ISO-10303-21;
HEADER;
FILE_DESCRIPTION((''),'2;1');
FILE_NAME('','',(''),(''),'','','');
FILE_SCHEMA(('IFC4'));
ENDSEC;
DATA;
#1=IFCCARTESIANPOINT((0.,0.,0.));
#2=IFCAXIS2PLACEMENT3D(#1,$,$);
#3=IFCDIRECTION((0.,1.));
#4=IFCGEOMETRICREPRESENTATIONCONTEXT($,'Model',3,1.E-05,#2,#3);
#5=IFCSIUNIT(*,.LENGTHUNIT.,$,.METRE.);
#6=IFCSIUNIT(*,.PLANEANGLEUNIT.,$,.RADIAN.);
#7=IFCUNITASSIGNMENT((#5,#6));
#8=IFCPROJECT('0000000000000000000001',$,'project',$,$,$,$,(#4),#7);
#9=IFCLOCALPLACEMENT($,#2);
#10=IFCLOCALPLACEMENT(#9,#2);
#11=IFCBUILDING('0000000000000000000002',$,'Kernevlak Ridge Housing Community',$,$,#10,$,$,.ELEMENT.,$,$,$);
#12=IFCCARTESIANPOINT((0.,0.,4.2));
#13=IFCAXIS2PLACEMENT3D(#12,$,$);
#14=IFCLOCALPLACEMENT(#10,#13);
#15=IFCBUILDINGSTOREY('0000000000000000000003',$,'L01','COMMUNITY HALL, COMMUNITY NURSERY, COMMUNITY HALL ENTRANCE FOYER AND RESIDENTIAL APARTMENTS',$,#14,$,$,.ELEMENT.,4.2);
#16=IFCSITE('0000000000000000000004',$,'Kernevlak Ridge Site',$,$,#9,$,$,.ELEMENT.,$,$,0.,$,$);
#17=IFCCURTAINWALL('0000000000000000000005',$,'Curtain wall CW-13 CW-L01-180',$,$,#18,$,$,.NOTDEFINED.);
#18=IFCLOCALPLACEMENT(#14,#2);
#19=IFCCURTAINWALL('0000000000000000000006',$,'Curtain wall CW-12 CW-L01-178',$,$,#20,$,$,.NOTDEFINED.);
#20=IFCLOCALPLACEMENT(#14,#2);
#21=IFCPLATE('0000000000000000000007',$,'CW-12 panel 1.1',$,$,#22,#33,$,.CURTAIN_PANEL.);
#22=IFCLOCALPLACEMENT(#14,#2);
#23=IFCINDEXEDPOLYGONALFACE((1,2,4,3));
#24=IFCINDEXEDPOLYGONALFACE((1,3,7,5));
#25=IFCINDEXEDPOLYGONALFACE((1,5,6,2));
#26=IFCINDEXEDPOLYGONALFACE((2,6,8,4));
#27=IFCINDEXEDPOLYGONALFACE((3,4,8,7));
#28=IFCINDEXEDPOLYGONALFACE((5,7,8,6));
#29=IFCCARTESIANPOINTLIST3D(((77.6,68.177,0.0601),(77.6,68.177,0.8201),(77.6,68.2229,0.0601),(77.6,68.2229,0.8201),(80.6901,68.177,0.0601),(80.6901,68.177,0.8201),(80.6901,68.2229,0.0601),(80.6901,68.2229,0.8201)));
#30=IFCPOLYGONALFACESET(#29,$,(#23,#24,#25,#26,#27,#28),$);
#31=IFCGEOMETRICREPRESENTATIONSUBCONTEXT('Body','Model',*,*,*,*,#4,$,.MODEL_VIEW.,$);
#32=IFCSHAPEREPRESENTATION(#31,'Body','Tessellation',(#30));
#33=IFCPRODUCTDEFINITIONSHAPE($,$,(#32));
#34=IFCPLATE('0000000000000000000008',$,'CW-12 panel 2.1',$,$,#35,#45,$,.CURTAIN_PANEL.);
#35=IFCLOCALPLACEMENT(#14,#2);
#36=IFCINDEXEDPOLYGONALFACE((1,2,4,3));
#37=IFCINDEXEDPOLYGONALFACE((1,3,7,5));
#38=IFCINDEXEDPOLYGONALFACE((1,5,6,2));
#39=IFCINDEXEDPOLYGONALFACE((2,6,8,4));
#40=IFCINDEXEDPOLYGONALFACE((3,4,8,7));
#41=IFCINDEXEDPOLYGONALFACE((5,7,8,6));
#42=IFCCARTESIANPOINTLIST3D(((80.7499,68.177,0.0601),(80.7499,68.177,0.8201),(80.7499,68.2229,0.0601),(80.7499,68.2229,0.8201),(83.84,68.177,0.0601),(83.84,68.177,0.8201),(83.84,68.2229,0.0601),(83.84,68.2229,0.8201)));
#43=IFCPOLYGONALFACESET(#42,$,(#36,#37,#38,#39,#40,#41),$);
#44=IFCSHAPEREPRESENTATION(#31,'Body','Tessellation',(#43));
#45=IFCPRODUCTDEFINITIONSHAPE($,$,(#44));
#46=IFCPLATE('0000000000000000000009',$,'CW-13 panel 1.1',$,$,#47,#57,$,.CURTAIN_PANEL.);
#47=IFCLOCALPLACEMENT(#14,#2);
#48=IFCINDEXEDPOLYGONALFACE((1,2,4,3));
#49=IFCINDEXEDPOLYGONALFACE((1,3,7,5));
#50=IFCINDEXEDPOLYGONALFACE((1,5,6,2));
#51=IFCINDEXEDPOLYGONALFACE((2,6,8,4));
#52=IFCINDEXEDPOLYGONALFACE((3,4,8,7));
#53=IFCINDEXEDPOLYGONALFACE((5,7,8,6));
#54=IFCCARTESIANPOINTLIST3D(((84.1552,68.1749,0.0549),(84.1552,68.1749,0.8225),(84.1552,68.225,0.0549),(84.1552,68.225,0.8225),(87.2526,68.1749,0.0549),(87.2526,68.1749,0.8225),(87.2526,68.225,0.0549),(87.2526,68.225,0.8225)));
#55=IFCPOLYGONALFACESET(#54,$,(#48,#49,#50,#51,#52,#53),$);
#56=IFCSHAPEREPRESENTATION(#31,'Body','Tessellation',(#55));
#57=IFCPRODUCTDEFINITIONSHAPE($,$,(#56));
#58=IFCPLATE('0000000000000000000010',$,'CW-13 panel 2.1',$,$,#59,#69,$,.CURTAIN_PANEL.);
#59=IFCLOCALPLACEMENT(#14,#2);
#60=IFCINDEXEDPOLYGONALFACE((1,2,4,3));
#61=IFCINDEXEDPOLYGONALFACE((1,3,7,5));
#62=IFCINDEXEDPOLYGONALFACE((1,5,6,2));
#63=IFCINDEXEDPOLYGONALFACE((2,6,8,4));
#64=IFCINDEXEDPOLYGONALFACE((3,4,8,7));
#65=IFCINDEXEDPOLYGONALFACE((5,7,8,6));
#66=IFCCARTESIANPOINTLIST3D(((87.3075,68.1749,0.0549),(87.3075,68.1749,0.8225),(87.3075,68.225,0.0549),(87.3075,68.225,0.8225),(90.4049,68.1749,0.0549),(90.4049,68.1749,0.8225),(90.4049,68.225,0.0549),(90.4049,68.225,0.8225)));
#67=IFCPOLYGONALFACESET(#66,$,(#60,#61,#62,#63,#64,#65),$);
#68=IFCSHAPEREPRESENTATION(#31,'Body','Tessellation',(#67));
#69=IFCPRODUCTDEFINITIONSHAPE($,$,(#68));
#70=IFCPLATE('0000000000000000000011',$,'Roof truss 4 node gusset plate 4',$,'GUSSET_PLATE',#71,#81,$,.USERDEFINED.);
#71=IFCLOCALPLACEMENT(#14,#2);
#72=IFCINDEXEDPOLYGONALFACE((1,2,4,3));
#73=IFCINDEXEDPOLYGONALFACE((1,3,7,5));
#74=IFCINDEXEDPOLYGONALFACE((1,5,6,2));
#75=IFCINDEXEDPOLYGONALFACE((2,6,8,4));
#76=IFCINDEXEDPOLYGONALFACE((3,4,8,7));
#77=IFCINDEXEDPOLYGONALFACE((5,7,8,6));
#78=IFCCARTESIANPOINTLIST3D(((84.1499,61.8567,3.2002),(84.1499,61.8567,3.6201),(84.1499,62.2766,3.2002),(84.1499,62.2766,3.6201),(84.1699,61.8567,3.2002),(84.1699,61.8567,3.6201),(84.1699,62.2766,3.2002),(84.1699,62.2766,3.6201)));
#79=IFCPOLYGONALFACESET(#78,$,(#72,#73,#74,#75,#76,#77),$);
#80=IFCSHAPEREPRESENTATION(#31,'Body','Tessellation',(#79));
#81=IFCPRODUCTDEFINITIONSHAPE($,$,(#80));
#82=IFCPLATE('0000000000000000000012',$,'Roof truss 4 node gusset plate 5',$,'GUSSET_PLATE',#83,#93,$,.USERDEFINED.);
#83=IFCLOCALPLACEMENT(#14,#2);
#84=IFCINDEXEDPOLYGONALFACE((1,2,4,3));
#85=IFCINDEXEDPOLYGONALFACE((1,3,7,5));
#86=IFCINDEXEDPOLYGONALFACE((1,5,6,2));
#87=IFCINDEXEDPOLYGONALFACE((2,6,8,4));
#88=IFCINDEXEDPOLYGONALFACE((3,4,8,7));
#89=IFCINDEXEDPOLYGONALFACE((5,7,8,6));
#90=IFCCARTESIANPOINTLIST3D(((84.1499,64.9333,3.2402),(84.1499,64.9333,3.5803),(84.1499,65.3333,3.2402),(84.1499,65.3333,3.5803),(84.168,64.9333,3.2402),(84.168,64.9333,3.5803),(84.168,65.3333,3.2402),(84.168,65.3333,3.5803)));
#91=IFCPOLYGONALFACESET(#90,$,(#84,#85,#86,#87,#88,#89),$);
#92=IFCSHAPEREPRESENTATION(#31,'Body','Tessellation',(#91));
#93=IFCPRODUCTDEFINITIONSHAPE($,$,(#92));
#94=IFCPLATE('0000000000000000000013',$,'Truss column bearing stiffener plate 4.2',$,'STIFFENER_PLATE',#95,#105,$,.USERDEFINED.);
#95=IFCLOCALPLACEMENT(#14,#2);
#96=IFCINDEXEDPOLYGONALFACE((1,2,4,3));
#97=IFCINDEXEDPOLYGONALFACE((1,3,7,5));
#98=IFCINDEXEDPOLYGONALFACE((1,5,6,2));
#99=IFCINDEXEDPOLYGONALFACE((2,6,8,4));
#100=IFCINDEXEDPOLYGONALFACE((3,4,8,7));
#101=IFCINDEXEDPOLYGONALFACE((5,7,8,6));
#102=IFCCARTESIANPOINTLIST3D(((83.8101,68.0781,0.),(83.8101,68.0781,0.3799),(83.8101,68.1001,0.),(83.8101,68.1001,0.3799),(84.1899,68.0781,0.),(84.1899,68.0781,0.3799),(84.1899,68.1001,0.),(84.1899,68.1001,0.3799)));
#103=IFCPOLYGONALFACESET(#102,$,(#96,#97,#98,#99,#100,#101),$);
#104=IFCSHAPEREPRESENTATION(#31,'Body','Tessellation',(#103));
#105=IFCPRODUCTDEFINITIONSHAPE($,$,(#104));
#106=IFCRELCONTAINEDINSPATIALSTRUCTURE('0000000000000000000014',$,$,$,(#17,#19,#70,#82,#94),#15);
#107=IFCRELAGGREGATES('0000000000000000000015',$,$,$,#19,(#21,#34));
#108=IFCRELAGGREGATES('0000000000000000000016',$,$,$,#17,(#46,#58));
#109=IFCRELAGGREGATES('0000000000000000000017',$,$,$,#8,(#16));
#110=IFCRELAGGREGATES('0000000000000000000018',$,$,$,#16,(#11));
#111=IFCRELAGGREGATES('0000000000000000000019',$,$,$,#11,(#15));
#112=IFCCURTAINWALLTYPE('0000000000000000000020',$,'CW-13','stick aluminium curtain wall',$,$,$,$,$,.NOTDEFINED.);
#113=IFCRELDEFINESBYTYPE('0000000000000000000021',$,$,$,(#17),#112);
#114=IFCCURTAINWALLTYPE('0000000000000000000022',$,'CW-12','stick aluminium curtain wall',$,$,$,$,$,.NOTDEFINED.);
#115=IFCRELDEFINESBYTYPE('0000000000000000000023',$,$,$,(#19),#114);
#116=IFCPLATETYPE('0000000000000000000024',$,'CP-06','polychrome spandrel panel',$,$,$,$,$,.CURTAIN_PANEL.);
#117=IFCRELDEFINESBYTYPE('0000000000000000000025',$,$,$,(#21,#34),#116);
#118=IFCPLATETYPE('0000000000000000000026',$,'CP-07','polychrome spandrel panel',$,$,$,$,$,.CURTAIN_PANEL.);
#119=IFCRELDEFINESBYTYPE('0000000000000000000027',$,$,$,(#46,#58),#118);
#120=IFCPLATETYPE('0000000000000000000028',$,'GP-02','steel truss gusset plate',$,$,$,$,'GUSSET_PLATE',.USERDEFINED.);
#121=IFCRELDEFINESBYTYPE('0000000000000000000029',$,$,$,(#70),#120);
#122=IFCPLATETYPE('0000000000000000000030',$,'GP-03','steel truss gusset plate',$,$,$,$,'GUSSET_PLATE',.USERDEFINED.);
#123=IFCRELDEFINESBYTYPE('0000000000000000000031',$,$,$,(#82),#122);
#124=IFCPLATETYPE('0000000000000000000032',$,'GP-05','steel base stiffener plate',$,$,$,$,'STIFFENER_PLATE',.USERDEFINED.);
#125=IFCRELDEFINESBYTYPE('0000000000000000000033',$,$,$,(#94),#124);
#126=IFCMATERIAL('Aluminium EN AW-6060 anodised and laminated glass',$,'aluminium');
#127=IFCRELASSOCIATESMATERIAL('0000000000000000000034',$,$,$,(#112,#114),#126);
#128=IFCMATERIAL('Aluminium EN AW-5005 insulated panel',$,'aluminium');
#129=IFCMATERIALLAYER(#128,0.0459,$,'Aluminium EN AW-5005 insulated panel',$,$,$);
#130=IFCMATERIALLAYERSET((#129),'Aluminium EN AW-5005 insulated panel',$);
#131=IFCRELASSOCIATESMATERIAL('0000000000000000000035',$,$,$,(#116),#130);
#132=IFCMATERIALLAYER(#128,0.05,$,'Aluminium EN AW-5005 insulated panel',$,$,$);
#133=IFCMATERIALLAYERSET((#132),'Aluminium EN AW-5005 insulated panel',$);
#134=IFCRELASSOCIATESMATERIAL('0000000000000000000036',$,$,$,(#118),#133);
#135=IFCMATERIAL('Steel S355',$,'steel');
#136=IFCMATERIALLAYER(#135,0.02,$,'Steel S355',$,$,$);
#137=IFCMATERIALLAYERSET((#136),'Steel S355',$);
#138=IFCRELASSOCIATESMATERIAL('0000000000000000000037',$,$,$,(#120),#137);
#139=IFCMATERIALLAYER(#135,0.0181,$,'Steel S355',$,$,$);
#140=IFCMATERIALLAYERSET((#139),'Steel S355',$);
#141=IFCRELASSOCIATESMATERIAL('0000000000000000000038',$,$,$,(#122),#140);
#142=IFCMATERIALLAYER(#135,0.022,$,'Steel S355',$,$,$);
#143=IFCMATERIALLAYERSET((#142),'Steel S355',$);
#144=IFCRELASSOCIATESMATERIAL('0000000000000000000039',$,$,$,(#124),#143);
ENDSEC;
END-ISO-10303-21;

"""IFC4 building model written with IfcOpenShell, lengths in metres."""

from ifc_helpers import new_model, si_unit, direction, frame, origin, origin_2d, place, context, subcontext, project, spatial, rectangle, extrude, material, layer, layer_set, type_object, element, aggregate, save


model = new_model("IFC4")

# Units and contexts
model_context = context("Model", 3, precision=1e-05, world=origin(), true_north=direction((0.0, 1.0)))
body_context = subcontext(model_context, "Body", "Model", "MODEL_VIEW")
ifc_project = project(units=[si_unit("LENGTHUNIT", "METRE"), si_unit("PLANEANGLEUNIT", "RADIAN")], contexts=[model_context])

# Site, building, storey
site_placement = place(None, origin())
site = spatial("IfcSite", under=ifc_project, at=site_placement, Name="Kernevlak Ridge Site", CompositionType="ELEMENT", RefElevation=0.0)
building_placement = place(site_placement, origin())
building = spatial("IfcBuilding", under=site, at=building_placement, Name="Kernevlak Ridge Housing Community", CompositionType="ELEMENT")
storey_placement = place(building_placement, frame((0.0, 0.0, 4.2)))
storey = spatial("IfcBuildingStorey", under=building, at=storey_placement, Name="L01", Description="COMMUNITY HALL, COMMUNITY NURSERY, COMMUNITY HALL ENTRANCE FOYER AND RESIDENTIAL APARTMENTS", CompositionType="ELEMENT", Elevation=4.2)

# Shared definitions
ifc_material_1 = material(Name="Steel S355", Category="steel")

# Curtain walls
ifc_material_2 = material(Name="Aluminium EN AW-6060 anodised and laminated glass", Category="aluminium")
curtain_wall_type_1 = type_object("IfcCurtainWallType", Name="CW-13", Description="stick aluminium curtain wall", PredefinedType="NOTDEFINED", material=ifc_material_2)
curtain_wall_1_placement = place(storey_placement, origin())
curtain_wall_1 = element("IfcCurtainWall", 1, at=curtain_wall_1_placement, inside=storey, type_object=curtain_wall_type_1, Name="Curtain wall CW-13 CW-L01-180", PredefinedType="NOTDEFINED")
curtain_wall_type_2 = type_object("IfcCurtainWallType", Name="CW-12", Description="stick aluminium curtain wall", PredefinedType="NOTDEFINED", material=ifc_material_2)
curtain_wall_2_placement = place(storey_placement, origin())
curtain_wall_2 = element("IfcCurtainWall", 2, at=curtain_wall_2_placement, inside=storey, type_object=curtain_wall_type_2, Name="Curtain wall CW-12 CW-L01-178", PredefinedType="NOTDEFINED")

# Plates
ifc_material_3 = material(Name="Aluminium EN AW-5005 insulated panel", Category="aluminium")
ifc_layer_1 = layer(ifc_material_3, 0.0459, Name="Aluminium EN AW-5005 insulated panel")
ifc_layer_set_1 = layer_set([ifc_layer_1], Name="Aluminium EN AW-5005 insulated panel")
plate_type_1 = type_object("IfcPlateType", Name="CP-06", Description="polychrome spandrel panel", PredefinedType="CURTAIN_PANEL", material=ifc_layer_set_1)
plate_1_placement = place(storey_placement, frame((79.145, 68.2, 0.0601), z_axis=(0.0, 0.0, 1.0), x_axis=(1.0, 0.0, 0.0)))
plate_1 = element("IfcPlate", 3, at=plate_1_placement, type_object=plate_type_1, Name="CW-12 panel 1.1", PredefinedType="CURTAIN_PANEL", context=body_context, shape_type="SweptSolid", body=[
    extrude(rectangle(XDim=3.0901, YDim=0.0459, at=origin_2d()), origin(), (0.0, 0.0, 1.0), 0.76),
])
plate_2_placement = place(storey_placement, frame((82.2949, 68.2, 0.0601), z_axis=(0.0, 0.0, 1.0), x_axis=(1.0, 0.0, 0.0)))
plate_2 = element("IfcPlate", 4, at=plate_2_placement, type_object=plate_type_1, Name="CW-12 panel 2.1", PredefinedType="CURTAIN_PANEL", context=body_context, shape_type="SweptSolid", body=[
    extrude(rectangle(XDim=3.0901, YDim=0.0459, at=origin_2d()), origin(), (0.0, 0.0, 1.0), 0.76),
])
aggregate(curtain_wall_2, [plate_1, plate_2])
ifc_layer_2 = layer(ifc_material_3, 0.05, Name="Aluminium EN AW-5005 insulated panel")
ifc_layer_set_2 = layer_set([ifc_layer_2], Name="Aluminium EN AW-5005 insulated panel")
plate_type_2 = type_object("IfcPlateType", Name="CP-07", Description="polychrome spandrel panel", PredefinedType="CURTAIN_PANEL", material=ifc_layer_set_2)
plate_3_placement = place(storey_placement, frame((85.7039, 68.2, 0.0549), z_axis=(0.0, 0.0, 1.0), x_axis=(1.0, 0.0, 0.0)))
plate_3 = element("IfcPlate", 5, at=plate_3_placement, type_object=plate_type_2, Name="CW-13 panel 1.1", PredefinedType="CURTAIN_PANEL", context=body_context, shape_type="SweptSolid", body=[
    extrude(rectangle(XDim=3.0974, YDim=0.05, at=origin_2d()), origin(), (0.0, 0.0, 1.0), 0.7676),
])
plate_4_placement = place(storey_placement, frame((88.8562, 68.2, 0.0549), z_axis=(0.0, 0.0, 1.0), x_axis=(1.0, 0.0, 0.0)))
plate_4 = element("IfcPlate", 6, at=plate_4_placement, type_object=plate_type_2, Name="CW-13 panel 2.1", PredefinedType="CURTAIN_PANEL", context=body_context, shape_type="SweptSolid", body=[
    extrude(rectangle(XDim=3.0974, YDim=0.05, at=origin_2d()), origin(), (0.0, 0.0, 1.0), 0.7676),
])
aggregate(curtain_wall_1, [plate_3, plate_4])

# Plates
ifc_layer_3 = layer(ifc_material_1, 0.02, Name="Steel S355")
ifc_layer_set_3 = layer_set([ifc_layer_3], Name="Steel S355")
plate_type_3 = type_object("IfcPlateType", Name="GP-02", Description="steel truss gusset plate", ElementType="GUSSET_PLATE", PredefinedType="USERDEFINED", material=ifc_layer_set_3)
plate_5_placement = place(storey_placement, frame((84.1599, 62.0667, 3.2002), z_axis=(0.0, 0.0, 1.0), x_axis=(1.0, 0.0, 0.0)))
element("IfcPlate", 7, at=plate_5_placement, inside=storey, type_object=plate_type_3, Name="Roof truss 4 node gusset plate 4", ObjectType="GUSSET_PLATE", PredefinedType="USERDEFINED", context=body_context, shape_type="SweptSolid", body=[
    extrude(rectangle(XDim=0.02, YDim=0.4199, at=origin_2d()), origin(), (0.0, 0.0, 1.0), 0.4199),
])
ifc_layer_4 = layer(ifc_material_1, 0.0181, Name="Steel S355")
ifc_layer_set_4 = layer_set([ifc_layer_4], Name="Steel S355")
plate_type_4 = type_object("IfcPlateType", Name="GP-03", Description="steel truss gusset plate", ElementType="GUSSET_PLATE", PredefinedType="USERDEFINED", material=ifc_layer_set_4)
plate_6_placement = place(storey_placement, frame((84.1589, 65.1333, 3.2402), z_axis=(0.0, 0.0, 1.0), x_axis=(1.0, 0.0, 0.0)))
element("IfcPlate", 8, at=plate_6_placement, inside=storey, type_object=plate_type_4, Name="Roof truss 4 node gusset plate 5", ObjectType="GUSSET_PLATE", PredefinedType="USERDEFINED", context=body_context, shape_type="SweptSolid", body=[
    extrude(rectangle(XDim=0.0181, YDim=0.3999, at=origin_2d()), origin(), (0.0, 0.0, 1.0), 0.3401),
])
ifc_layer_5 = layer(ifc_material_1, 0.022, Name="Steel S355")
ifc_layer_set_5 = layer_set([ifc_layer_5], Name="Steel S355")
plate_type_5 = type_object("IfcPlateType", Name="GP-05", Description="steel base stiffener plate", ElementType="STIFFENER_PLATE", PredefinedType="USERDEFINED", material=ifc_layer_set_5)
plate_7_placement = place(storey_placement, frame((84.0, 68.0891, 0.0), z_axis=(0.0, 0.0, 1.0), x_axis=(1.0, 0.0, 0.0)))
element("IfcPlate", 9, at=plate_7_placement, inside=storey, type_object=plate_type_5, Name="Truss column bearing stiffener plate 4.2", ObjectType="STIFFENER_PLATE", PredefinedType="USERDEFINED", context=body_context, shape_type="SweptSolid", body=[
    extrude(rectangle(XDim=0.3799, YDim=0.022, at=origin_2d()), origin(), (0.0, 0.0, 1.0), 0.3799),
])

save(model, "model.ifc")
